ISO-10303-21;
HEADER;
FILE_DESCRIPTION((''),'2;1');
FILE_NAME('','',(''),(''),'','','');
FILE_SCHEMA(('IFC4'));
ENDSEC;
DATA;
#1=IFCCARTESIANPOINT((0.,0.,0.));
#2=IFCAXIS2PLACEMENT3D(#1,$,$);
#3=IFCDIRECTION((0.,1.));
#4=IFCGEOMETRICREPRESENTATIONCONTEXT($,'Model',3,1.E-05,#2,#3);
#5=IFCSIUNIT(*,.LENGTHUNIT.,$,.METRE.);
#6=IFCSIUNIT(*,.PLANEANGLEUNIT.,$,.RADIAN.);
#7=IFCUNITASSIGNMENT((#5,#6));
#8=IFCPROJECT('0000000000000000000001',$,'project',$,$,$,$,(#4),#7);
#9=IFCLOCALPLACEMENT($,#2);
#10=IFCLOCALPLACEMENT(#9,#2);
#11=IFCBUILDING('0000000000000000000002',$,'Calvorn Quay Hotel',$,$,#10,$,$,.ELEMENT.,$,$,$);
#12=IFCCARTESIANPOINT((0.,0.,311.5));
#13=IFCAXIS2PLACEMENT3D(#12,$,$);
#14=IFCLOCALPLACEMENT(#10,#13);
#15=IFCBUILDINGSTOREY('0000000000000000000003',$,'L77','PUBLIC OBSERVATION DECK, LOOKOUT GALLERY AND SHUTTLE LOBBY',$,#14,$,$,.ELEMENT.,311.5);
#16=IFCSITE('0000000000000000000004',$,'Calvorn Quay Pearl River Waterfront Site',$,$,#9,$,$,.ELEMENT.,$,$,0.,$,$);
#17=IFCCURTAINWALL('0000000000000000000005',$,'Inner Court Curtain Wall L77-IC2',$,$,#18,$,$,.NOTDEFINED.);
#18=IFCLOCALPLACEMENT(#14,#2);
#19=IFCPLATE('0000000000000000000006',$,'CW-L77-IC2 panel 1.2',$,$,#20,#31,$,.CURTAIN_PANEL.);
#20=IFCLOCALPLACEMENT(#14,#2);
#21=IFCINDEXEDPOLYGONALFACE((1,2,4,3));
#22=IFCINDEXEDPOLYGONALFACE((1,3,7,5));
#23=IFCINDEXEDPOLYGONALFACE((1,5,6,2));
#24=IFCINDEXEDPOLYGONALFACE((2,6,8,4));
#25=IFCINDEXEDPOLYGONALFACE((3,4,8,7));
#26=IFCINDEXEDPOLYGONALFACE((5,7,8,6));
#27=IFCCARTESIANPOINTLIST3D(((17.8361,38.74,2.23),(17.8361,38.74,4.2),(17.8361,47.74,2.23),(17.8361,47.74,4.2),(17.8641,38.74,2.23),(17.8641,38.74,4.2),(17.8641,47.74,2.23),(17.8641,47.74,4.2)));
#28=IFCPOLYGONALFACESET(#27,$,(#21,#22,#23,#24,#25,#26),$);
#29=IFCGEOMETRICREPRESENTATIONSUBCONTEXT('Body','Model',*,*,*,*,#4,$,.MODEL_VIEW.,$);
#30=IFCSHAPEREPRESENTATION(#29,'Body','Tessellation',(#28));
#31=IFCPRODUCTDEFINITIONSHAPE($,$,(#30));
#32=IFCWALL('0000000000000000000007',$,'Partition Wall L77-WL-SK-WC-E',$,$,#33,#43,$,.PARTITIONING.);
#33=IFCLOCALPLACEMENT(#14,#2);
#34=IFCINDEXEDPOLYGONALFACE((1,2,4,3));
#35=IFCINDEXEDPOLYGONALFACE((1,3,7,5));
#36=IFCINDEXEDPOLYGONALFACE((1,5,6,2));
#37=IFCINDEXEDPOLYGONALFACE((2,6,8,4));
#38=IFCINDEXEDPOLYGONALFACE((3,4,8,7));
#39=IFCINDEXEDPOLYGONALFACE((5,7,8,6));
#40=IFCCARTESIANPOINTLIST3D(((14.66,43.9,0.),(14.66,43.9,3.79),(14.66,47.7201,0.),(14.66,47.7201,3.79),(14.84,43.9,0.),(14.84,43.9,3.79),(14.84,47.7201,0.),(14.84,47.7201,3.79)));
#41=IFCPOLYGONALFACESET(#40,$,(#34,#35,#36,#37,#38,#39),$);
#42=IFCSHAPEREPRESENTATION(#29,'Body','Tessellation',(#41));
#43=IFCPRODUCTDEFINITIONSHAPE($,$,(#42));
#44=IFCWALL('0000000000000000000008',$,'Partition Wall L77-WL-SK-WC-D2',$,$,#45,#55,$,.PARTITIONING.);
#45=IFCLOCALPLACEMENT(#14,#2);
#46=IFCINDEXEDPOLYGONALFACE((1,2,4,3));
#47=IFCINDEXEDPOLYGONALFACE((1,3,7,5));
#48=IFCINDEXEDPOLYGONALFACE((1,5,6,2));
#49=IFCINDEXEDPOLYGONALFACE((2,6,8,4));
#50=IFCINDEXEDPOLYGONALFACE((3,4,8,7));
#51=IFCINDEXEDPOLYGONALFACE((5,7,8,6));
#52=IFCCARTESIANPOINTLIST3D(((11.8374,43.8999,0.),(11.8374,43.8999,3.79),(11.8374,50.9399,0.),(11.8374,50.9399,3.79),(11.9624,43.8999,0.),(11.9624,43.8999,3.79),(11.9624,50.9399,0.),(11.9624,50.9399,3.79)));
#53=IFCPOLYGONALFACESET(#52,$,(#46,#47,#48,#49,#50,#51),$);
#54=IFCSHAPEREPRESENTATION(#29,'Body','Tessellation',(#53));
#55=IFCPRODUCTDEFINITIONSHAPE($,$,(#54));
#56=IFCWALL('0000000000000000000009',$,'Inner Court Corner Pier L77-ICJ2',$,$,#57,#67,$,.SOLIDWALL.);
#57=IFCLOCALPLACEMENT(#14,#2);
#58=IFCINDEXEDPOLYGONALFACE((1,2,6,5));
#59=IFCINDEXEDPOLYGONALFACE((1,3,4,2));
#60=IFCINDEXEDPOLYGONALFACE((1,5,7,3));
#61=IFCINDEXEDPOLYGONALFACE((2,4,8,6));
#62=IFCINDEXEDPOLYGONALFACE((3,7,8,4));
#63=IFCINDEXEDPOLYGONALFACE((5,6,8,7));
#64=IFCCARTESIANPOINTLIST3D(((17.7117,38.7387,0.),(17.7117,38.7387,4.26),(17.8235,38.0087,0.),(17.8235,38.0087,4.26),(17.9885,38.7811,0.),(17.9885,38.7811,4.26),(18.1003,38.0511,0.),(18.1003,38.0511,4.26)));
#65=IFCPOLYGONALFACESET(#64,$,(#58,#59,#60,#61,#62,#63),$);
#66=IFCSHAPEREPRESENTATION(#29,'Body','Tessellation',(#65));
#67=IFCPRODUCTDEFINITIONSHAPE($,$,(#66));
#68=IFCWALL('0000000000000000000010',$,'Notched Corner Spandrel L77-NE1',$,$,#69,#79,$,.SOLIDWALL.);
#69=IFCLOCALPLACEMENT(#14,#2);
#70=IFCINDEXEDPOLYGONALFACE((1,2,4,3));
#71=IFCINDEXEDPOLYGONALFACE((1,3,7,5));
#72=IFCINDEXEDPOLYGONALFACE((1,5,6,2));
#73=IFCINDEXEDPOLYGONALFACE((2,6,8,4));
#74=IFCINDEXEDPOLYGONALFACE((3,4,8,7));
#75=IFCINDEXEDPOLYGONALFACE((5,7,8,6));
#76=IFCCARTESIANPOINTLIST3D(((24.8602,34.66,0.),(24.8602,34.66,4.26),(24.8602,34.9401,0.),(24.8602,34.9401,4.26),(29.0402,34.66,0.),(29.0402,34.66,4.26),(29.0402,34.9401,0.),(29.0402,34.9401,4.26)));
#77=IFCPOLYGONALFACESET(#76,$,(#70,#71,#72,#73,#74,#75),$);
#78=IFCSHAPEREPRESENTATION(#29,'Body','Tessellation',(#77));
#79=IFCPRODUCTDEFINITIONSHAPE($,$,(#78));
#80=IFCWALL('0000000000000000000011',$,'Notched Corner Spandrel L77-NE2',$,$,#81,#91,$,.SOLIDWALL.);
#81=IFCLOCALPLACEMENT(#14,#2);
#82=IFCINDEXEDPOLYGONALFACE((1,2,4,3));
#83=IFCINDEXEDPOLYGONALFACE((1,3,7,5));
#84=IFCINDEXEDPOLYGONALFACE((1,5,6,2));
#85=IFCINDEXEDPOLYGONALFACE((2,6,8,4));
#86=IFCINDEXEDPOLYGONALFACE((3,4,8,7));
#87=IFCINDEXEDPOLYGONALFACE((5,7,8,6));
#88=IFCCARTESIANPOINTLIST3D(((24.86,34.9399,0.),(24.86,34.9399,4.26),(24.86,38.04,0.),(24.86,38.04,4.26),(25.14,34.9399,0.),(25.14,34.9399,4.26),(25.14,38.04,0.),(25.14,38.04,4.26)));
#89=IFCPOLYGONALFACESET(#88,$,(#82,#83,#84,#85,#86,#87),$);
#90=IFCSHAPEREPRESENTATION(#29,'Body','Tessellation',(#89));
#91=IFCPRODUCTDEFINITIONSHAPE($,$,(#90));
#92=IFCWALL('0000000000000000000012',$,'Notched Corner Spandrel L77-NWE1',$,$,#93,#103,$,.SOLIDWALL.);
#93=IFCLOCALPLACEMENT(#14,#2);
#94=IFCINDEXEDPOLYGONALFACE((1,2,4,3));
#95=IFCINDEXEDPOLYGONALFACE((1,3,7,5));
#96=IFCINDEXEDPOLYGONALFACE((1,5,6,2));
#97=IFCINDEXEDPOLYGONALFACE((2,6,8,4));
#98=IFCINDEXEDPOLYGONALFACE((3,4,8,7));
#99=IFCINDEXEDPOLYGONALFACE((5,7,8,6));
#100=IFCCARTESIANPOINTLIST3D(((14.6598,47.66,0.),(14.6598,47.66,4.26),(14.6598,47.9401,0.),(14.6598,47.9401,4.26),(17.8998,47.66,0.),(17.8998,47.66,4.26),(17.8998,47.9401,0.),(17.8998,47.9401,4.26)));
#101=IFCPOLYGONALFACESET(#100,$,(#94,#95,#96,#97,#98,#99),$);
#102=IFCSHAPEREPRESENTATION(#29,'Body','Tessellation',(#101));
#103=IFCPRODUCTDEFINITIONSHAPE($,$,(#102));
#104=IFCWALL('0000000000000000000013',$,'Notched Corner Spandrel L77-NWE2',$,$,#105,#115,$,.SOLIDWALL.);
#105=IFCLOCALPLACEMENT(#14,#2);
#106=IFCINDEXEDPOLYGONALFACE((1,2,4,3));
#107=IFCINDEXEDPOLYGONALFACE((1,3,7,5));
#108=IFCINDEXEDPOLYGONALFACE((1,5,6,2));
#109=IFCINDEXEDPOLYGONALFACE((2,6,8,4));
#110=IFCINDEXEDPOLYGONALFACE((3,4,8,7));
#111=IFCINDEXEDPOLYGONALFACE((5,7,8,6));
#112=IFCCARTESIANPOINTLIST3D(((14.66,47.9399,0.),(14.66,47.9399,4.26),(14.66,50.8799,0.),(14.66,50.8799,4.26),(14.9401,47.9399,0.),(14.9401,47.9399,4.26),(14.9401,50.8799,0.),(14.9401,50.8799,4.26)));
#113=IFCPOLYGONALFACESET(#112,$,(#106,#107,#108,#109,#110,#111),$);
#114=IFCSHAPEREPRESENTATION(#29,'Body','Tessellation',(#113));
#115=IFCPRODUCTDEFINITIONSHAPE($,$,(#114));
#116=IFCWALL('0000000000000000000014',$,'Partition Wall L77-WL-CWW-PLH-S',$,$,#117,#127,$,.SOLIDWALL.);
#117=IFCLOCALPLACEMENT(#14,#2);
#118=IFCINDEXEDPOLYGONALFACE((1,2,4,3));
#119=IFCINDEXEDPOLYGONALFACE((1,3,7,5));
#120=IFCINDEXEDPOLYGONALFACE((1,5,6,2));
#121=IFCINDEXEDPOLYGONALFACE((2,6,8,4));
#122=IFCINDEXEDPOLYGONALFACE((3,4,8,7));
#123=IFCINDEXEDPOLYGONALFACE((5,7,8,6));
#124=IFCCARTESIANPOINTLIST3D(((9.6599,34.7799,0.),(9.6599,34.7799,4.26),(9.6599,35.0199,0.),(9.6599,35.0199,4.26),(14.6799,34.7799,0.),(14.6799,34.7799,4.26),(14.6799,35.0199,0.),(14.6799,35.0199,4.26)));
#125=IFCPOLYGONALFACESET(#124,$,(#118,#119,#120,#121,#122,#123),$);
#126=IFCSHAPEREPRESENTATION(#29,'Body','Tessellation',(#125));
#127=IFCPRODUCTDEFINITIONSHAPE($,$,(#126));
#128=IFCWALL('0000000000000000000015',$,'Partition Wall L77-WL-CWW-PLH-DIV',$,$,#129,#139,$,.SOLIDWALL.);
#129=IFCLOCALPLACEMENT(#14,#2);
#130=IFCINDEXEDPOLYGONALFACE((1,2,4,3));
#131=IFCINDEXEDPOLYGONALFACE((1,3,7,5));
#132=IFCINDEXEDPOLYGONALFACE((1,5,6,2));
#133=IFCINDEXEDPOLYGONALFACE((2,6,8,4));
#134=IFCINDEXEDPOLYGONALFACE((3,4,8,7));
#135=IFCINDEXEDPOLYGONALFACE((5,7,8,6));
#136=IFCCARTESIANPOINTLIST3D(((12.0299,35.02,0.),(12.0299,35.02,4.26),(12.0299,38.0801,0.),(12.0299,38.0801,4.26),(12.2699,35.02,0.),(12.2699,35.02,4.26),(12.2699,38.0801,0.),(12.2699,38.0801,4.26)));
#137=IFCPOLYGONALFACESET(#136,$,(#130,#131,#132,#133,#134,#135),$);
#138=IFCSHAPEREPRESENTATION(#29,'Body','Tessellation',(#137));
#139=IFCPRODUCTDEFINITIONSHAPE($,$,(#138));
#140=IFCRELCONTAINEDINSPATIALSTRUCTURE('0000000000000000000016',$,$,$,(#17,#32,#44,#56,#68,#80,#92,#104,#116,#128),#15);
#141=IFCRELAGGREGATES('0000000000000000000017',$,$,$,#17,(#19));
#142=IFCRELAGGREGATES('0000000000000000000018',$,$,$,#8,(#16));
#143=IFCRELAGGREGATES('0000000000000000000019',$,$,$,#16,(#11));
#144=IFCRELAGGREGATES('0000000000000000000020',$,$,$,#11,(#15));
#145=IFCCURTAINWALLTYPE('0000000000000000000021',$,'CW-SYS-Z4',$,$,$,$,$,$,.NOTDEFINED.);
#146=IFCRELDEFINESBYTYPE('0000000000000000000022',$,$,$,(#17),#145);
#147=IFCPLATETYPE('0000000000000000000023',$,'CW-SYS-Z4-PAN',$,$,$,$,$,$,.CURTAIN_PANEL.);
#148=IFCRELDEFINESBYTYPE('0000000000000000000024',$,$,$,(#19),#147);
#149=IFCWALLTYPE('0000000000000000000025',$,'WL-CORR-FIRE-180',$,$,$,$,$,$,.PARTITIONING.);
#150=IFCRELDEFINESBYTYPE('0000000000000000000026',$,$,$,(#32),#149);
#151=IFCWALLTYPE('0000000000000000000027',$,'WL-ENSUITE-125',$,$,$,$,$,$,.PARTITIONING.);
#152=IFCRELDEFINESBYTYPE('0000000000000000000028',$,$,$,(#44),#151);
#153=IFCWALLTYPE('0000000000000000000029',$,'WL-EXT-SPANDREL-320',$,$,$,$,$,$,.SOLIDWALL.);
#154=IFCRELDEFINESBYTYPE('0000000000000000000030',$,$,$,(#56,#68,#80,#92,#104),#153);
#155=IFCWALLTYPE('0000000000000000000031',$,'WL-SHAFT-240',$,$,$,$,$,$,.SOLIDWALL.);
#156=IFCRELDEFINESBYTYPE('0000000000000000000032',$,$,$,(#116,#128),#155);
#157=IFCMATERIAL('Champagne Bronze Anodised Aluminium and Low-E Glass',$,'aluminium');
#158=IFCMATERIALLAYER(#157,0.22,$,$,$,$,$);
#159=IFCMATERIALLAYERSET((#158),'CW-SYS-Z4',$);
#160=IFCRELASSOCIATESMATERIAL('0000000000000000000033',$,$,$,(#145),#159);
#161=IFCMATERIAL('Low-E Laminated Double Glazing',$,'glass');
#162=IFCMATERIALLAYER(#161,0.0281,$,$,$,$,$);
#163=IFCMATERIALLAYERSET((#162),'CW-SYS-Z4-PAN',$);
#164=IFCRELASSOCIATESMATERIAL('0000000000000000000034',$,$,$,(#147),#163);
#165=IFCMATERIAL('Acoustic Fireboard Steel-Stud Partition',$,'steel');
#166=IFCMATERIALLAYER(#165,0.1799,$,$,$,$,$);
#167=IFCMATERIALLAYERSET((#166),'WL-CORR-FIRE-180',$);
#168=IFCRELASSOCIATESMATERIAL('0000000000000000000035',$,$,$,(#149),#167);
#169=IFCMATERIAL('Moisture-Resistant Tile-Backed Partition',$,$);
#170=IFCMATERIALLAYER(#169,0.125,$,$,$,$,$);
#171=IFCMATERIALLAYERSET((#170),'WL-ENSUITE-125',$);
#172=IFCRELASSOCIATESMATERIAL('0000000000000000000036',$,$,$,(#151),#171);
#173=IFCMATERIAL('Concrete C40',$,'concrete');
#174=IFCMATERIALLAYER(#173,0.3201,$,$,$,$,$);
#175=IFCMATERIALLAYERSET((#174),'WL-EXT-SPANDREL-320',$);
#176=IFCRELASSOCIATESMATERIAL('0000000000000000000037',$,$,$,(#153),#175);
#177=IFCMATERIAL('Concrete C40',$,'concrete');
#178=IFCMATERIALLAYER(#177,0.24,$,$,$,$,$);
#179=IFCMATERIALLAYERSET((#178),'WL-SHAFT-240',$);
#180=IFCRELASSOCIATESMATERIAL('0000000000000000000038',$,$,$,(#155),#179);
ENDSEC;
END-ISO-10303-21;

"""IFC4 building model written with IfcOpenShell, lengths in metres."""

from ifc_helpers import new_model, si_unit, direction, frame, frame_2d, origin, origin_2d, place, context, subcontext, project, spatial, rectangle, extrude, material, layer, layer_set, type_object, element, aggregate, save


model = new_model("IFC4")

# Units and contexts
model_context = context("Model", 3, precision=1e-05, world=origin(), true_north=direction((0.0, 1.0)))
body_context = subcontext(model_context, "Body", "Model", "MODEL_VIEW")
ifc_project = project(units=[si_unit("LENGTHUNIT", "METRE"), si_unit("PLANEANGLEUNIT", "RADIAN")], contexts=[model_context])

# Site, building, storey
site_placement = place(None, origin())
site = spatial("IfcSite", under=ifc_project, at=site_placement, Name="Calvorn Quay Pearl River Waterfront Site", CompositionType="ELEMENT", RefElevation=0.0)
building_placement = place(site_placement, origin())
building = spatial("IfcBuilding", under=site, at=building_placement, Name="Calvorn Quay Hotel", CompositionType="ELEMENT")
storey_placement = place(building_placement, frame((0.0, 0.0, 311.5)))
storey = spatial("IfcBuildingStorey", under=building, at=storey_placement, Name="L77", Description="PUBLIC OBSERVATION DECK, LOOKOUT GALLERY AND SHUTTLE LOBBY", CompositionType="ELEMENT", Elevation=311.5)

# Shared definitions
ifc_material_1 = material(Name="Champagne Bronze Anodised Aluminium and Low-E Glass", Category="aluminium")
ifc_layer_1 = layer(ifc_material_1, 0.22)
ifc_layer_set_1 = layer_set([ifc_layer_1], Name="CW-SYS-Z4")
curtain_wall_type = type_object("IfcCurtainWallType", Name="CW-SYS-Z4", PredefinedType="NOTDEFINED", material=ifc_layer_set_1)

# Curtain wall
curtain_wall_1_placement = place(storey_placement, origin())
curtain_wall_1 = element("IfcCurtainWall", 1, at=curtain_wall_1_placement, inside=storey, type_object=curtain_wall_type, Name="Inner Court Curtain Wall L77-IC2", PredefinedType="NOTDEFINED")

# Plate
ifc_material_2 = material(Name="Low-E Laminated Double Glazing", Category="glass")
ifc_layer_2 = layer(ifc_material_2, 0.0281)
ifc_layer_set_2 = layer_set([ifc_layer_2], Name="CW-SYS-Z4-PAN")
plate_type = type_object("IfcPlateType", Name="CW-SYS-Z4-PAN", PredefinedType="CURTAIN_PANEL", material=ifc_layer_set_2)
plate_1_placement = place(storey_placement, frame((17.8501, 43.24, 2.23), z_axis=(0.0, 0.0, 1.0), x_axis=(0.0, 1.0, 0.0)))
plate_1 = element("IfcPlate", 2, at=plate_1_placement, type_object=plate_type, Name="CW-L77-IC2 panel 1.2", PredefinedType="CURTAIN_PANEL", context=body_context, shape_type="SweptSolid", body=[
    extrude(rectangle(XDim=9.0, YDim=0.0281, at=origin_2d()), origin(), (0.0, 0.0, 1.0), 1.97),
])
aggregate(curtain_wall_1, [plate_1])

# Walls
ifc_material_3 = material(Name="Acoustic Fireboard Steel-Stud Partition", Category="steel")
ifc_layer_3 = layer(ifc_material_3, 0.1799)
ifc_layer_set_3 = layer_set([ifc_layer_3], Name="WL-CORR-FIRE-180")
wall_type_1 = type_object("IfcWallType", Name="WL-CORR-FIRE-180", PredefinedType="PARTITIONING", material=ifc_layer_set_3)
wall_1_placement = place(storey_placement, frame((14.75, 43.8999, 0.0), z_axis=(0.0, 0.0, 1.0), x_axis=(0.0, 1.0, 0.0)))
element("IfcWall", 3, at=wall_1_placement, inside=storey, type_object=wall_type_1, Name="Partition Wall L77-WL-SK-WC-E", PredefinedType="PARTITIONING", context=body_context, shape_type="SweptSolid", body=[
    extrude(rectangle(XDim=3.8201, YDim=0.1799, at=frame_2d((1.9102, 0.0))), origin(), (0.0, 0.0, 1.0), 3.79),
])
ifc_material_4 = material(Name="Moisture-Resistant Tile-Backed Partition")
ifc_layer_4 = layer(ifc_material_4, 0.125)
ifc_layer_set_4 = layer_set([ifc_layer_4], Name="WL-ENSUITE-125")
wall_type_2 = type_object("IfcWallType", Name="WL-ENSUITE-125", PredefinedType="PARTITIONING", material=ifc_layer_set_4)
wall_2_placement = place(storey_placement, frame((11.8999, 43.8999, 0.0), z_axis=(0.0, 0.0, 1.0), x_axis=(0.0, 1.0, 0.0)))
element("IfcWall", 4, at=wall_2_placement, inside=storey, type_object=wall_type_2, Name="Partition Wall L77-WL-SK-WC-D2", PredefinedType="PARTITIONING", context=body_context, shape_type="SweptSolid", body=[
    extrude(rectangle(XDim=7.04, YDim=0.125, at=frame_2d((3.52, 0.0))), origin(), (0.0, 0.0, 1.0), 3.79),
])
ifc_material_5 = material(Name="Concrete C40", Category="concrete")
ifc_layer_5 = layer(ifc_material_5, 0.3201)
ifc_layer_set_5 = layer_set([ifc_layer_5], Name="WL-EXT-SPANDREL-320")
wall_type_3 = type_object("IfcWallType", Name="WL-EXT-SPANDREL-320", PredefinedType="SOLIDWALL", material=ifc_layer_set_5)
wall_3_placement = place(storey_placement, frame((17.9619, 38.03, 0.0), z_axis=(0.0, 0.0, 1.0), x_axis=(-0.151411, 0.988471, 0.0)))
element("IfcWall", 5, at=wall_3_placement, inside=storey, type_object=wall_type_3, Name="Inner Court Corner Pier L77-ICJ2", PredefinedType="SOLIDWALL", context=body_context, shape_type="SweptSolid", body=[
    extrude(rectangle(XDim=0.7385, YDim=0.28, at=frame_2d((0.3691, 0.0))), origin(), (0.0, 0.0, 1.0), 4.26),
])
wall_4_placement = place(storey_placement, frame((29.04, 34.8, 0.0), z_axis=(0.0, 0.0, 1.0), x_axis=(-1.0, 0.0, 0.0)))
element("IfcWall", 6, at=wall_4_placement, inside=storey, type_object=wall_type_3, Name="Notched Corner Spandrel L77-NE1", PredefinedType="SOLIDWALL", context=body_context, shape_type="SweptSolid", body=[
    extrude(rectangle(XDim=4.1799, YDim=0.28, at=frame_2d((2.0898, 0.0))), origin(), (0.0, 0.0, 1.0), 4.26),
])
wall_5_placement = place(storey_placement, frame((25.0, 34.9399, 0.0), z_axis=(0.0, 0.0, 1.0), x_axis=(0.0, 1.0, 0.0)))
element("IfcWall", 7, at=wall_5_placement, inside=storey, type_object=wall_type_3, Name="Notched Corner Spandrel L77-NE2", PredefinedType="SOLIDWALL", context=body_context, shape_type="SweptSolid", body=[
    extrude(rectangle(XDim=3.1001, YDim=0.28, at=frame_2d((1.55, 0.0))), origin(), (0.0, 0.0, 1.0), 4.26),
])
wall_6_placement = place(storey_placement, frame((17.8999, 47.8, 0.0), z_axis=(0.0, 0.0, 1.0), x_axis=(-1.0, 0.0, 0.0)))
element("IfcWall", 8, at=wall_6_placement, inside=storey, type_object=wall_type_3, Name="Notched Corner Spandrel L77-NWE1", PredefinedType="SOLIDWALL", context=body_context, shape_type="SweptSolid", body=[
    extrude(rectangle(XDim=3.24, YDim=0.28, at=frame_2d((1.6201, 0.0))), origin(), (0.0, 0.0, 1.0), 4.26),
])
wall_7_placement = place(storey_placement, frame((14.8, 47.9399, 0.0), z_axis=(0.0, 0.0, 1.0), x_axis=(0.0, 1.0, 0.0)))
element("IfcWall", 9, at=wall_7_placement, inside=storey, type_object=wall_type_3, Name="Notched Corner Spandrel L77-NWE2", PredefinedType="SOLIDWALL", context=body_context, shape_type="SweptSolid", body=[
    extrude(rectangle(XDim=2.9399, YDim=0.28, at=frame_2d((1.47, 0.0))), origin(), (0.0, 0.0, 1.0), 4.26),
])
ifc_material_6 = material(Name="Concrete C40", Category="concrete")
ifc_layer_6 = layer(ifc_material_6, 0.24)
ifc_layer_set_6 = layer_set([ifc_layer_6], Name="WL-SHAFT-240")
wall_type_4 = type_object("IfcWallType", Name="WL-SHAFT-240", PredefinedType="SOLIDWALL", material=ifc_layer_set_6)
wall_8_placement = place(storey_placement, frame((9.6599, 34.8999, 0.0), z_axis=(0.0, 0.0, 1.0), x_axis=(1.0, 0.0, 0.0)))
element("IfcWall", 10, at=wall_8_placement, inside=storey, type_object=wall_type_4, Name="Partition Wall L77-WL-CWW-PLH-S", PredefinedType="SOLIDWALL", context=body_context, shape_type="SweptSolid", body=[
    extrude(rectangle(XDim=5.02, YDim=0.24, at=frame_2d((2.51, 0.0))), origin(), (0.0, 0.0, 1.0), 4.26),
])
wall_9_placement = place(storey_placement, frame((12.1499, 35.02, 0.0), z_axis=(0.0, 0.0, 1.0), x_axis=(0.0, 1.0, 0.0)))
element("IfcWall", 11, at=wall_9_placement, inside=storey, type_object=wall_type_4, Name="Partition Wall L77-WL-CWW-PLH-DIV", PredefinedType="SOLIDWALL", context=body_context, shape_type="SweptSolid", body=[
    extrude(rectangle(XDim=3.0601, YDim=0.24, at=frame_2d((1.53, 0.0))), origin(), (0.0, 0.0, 1.0), 4.26),
])

save(model, "model.ifc")
